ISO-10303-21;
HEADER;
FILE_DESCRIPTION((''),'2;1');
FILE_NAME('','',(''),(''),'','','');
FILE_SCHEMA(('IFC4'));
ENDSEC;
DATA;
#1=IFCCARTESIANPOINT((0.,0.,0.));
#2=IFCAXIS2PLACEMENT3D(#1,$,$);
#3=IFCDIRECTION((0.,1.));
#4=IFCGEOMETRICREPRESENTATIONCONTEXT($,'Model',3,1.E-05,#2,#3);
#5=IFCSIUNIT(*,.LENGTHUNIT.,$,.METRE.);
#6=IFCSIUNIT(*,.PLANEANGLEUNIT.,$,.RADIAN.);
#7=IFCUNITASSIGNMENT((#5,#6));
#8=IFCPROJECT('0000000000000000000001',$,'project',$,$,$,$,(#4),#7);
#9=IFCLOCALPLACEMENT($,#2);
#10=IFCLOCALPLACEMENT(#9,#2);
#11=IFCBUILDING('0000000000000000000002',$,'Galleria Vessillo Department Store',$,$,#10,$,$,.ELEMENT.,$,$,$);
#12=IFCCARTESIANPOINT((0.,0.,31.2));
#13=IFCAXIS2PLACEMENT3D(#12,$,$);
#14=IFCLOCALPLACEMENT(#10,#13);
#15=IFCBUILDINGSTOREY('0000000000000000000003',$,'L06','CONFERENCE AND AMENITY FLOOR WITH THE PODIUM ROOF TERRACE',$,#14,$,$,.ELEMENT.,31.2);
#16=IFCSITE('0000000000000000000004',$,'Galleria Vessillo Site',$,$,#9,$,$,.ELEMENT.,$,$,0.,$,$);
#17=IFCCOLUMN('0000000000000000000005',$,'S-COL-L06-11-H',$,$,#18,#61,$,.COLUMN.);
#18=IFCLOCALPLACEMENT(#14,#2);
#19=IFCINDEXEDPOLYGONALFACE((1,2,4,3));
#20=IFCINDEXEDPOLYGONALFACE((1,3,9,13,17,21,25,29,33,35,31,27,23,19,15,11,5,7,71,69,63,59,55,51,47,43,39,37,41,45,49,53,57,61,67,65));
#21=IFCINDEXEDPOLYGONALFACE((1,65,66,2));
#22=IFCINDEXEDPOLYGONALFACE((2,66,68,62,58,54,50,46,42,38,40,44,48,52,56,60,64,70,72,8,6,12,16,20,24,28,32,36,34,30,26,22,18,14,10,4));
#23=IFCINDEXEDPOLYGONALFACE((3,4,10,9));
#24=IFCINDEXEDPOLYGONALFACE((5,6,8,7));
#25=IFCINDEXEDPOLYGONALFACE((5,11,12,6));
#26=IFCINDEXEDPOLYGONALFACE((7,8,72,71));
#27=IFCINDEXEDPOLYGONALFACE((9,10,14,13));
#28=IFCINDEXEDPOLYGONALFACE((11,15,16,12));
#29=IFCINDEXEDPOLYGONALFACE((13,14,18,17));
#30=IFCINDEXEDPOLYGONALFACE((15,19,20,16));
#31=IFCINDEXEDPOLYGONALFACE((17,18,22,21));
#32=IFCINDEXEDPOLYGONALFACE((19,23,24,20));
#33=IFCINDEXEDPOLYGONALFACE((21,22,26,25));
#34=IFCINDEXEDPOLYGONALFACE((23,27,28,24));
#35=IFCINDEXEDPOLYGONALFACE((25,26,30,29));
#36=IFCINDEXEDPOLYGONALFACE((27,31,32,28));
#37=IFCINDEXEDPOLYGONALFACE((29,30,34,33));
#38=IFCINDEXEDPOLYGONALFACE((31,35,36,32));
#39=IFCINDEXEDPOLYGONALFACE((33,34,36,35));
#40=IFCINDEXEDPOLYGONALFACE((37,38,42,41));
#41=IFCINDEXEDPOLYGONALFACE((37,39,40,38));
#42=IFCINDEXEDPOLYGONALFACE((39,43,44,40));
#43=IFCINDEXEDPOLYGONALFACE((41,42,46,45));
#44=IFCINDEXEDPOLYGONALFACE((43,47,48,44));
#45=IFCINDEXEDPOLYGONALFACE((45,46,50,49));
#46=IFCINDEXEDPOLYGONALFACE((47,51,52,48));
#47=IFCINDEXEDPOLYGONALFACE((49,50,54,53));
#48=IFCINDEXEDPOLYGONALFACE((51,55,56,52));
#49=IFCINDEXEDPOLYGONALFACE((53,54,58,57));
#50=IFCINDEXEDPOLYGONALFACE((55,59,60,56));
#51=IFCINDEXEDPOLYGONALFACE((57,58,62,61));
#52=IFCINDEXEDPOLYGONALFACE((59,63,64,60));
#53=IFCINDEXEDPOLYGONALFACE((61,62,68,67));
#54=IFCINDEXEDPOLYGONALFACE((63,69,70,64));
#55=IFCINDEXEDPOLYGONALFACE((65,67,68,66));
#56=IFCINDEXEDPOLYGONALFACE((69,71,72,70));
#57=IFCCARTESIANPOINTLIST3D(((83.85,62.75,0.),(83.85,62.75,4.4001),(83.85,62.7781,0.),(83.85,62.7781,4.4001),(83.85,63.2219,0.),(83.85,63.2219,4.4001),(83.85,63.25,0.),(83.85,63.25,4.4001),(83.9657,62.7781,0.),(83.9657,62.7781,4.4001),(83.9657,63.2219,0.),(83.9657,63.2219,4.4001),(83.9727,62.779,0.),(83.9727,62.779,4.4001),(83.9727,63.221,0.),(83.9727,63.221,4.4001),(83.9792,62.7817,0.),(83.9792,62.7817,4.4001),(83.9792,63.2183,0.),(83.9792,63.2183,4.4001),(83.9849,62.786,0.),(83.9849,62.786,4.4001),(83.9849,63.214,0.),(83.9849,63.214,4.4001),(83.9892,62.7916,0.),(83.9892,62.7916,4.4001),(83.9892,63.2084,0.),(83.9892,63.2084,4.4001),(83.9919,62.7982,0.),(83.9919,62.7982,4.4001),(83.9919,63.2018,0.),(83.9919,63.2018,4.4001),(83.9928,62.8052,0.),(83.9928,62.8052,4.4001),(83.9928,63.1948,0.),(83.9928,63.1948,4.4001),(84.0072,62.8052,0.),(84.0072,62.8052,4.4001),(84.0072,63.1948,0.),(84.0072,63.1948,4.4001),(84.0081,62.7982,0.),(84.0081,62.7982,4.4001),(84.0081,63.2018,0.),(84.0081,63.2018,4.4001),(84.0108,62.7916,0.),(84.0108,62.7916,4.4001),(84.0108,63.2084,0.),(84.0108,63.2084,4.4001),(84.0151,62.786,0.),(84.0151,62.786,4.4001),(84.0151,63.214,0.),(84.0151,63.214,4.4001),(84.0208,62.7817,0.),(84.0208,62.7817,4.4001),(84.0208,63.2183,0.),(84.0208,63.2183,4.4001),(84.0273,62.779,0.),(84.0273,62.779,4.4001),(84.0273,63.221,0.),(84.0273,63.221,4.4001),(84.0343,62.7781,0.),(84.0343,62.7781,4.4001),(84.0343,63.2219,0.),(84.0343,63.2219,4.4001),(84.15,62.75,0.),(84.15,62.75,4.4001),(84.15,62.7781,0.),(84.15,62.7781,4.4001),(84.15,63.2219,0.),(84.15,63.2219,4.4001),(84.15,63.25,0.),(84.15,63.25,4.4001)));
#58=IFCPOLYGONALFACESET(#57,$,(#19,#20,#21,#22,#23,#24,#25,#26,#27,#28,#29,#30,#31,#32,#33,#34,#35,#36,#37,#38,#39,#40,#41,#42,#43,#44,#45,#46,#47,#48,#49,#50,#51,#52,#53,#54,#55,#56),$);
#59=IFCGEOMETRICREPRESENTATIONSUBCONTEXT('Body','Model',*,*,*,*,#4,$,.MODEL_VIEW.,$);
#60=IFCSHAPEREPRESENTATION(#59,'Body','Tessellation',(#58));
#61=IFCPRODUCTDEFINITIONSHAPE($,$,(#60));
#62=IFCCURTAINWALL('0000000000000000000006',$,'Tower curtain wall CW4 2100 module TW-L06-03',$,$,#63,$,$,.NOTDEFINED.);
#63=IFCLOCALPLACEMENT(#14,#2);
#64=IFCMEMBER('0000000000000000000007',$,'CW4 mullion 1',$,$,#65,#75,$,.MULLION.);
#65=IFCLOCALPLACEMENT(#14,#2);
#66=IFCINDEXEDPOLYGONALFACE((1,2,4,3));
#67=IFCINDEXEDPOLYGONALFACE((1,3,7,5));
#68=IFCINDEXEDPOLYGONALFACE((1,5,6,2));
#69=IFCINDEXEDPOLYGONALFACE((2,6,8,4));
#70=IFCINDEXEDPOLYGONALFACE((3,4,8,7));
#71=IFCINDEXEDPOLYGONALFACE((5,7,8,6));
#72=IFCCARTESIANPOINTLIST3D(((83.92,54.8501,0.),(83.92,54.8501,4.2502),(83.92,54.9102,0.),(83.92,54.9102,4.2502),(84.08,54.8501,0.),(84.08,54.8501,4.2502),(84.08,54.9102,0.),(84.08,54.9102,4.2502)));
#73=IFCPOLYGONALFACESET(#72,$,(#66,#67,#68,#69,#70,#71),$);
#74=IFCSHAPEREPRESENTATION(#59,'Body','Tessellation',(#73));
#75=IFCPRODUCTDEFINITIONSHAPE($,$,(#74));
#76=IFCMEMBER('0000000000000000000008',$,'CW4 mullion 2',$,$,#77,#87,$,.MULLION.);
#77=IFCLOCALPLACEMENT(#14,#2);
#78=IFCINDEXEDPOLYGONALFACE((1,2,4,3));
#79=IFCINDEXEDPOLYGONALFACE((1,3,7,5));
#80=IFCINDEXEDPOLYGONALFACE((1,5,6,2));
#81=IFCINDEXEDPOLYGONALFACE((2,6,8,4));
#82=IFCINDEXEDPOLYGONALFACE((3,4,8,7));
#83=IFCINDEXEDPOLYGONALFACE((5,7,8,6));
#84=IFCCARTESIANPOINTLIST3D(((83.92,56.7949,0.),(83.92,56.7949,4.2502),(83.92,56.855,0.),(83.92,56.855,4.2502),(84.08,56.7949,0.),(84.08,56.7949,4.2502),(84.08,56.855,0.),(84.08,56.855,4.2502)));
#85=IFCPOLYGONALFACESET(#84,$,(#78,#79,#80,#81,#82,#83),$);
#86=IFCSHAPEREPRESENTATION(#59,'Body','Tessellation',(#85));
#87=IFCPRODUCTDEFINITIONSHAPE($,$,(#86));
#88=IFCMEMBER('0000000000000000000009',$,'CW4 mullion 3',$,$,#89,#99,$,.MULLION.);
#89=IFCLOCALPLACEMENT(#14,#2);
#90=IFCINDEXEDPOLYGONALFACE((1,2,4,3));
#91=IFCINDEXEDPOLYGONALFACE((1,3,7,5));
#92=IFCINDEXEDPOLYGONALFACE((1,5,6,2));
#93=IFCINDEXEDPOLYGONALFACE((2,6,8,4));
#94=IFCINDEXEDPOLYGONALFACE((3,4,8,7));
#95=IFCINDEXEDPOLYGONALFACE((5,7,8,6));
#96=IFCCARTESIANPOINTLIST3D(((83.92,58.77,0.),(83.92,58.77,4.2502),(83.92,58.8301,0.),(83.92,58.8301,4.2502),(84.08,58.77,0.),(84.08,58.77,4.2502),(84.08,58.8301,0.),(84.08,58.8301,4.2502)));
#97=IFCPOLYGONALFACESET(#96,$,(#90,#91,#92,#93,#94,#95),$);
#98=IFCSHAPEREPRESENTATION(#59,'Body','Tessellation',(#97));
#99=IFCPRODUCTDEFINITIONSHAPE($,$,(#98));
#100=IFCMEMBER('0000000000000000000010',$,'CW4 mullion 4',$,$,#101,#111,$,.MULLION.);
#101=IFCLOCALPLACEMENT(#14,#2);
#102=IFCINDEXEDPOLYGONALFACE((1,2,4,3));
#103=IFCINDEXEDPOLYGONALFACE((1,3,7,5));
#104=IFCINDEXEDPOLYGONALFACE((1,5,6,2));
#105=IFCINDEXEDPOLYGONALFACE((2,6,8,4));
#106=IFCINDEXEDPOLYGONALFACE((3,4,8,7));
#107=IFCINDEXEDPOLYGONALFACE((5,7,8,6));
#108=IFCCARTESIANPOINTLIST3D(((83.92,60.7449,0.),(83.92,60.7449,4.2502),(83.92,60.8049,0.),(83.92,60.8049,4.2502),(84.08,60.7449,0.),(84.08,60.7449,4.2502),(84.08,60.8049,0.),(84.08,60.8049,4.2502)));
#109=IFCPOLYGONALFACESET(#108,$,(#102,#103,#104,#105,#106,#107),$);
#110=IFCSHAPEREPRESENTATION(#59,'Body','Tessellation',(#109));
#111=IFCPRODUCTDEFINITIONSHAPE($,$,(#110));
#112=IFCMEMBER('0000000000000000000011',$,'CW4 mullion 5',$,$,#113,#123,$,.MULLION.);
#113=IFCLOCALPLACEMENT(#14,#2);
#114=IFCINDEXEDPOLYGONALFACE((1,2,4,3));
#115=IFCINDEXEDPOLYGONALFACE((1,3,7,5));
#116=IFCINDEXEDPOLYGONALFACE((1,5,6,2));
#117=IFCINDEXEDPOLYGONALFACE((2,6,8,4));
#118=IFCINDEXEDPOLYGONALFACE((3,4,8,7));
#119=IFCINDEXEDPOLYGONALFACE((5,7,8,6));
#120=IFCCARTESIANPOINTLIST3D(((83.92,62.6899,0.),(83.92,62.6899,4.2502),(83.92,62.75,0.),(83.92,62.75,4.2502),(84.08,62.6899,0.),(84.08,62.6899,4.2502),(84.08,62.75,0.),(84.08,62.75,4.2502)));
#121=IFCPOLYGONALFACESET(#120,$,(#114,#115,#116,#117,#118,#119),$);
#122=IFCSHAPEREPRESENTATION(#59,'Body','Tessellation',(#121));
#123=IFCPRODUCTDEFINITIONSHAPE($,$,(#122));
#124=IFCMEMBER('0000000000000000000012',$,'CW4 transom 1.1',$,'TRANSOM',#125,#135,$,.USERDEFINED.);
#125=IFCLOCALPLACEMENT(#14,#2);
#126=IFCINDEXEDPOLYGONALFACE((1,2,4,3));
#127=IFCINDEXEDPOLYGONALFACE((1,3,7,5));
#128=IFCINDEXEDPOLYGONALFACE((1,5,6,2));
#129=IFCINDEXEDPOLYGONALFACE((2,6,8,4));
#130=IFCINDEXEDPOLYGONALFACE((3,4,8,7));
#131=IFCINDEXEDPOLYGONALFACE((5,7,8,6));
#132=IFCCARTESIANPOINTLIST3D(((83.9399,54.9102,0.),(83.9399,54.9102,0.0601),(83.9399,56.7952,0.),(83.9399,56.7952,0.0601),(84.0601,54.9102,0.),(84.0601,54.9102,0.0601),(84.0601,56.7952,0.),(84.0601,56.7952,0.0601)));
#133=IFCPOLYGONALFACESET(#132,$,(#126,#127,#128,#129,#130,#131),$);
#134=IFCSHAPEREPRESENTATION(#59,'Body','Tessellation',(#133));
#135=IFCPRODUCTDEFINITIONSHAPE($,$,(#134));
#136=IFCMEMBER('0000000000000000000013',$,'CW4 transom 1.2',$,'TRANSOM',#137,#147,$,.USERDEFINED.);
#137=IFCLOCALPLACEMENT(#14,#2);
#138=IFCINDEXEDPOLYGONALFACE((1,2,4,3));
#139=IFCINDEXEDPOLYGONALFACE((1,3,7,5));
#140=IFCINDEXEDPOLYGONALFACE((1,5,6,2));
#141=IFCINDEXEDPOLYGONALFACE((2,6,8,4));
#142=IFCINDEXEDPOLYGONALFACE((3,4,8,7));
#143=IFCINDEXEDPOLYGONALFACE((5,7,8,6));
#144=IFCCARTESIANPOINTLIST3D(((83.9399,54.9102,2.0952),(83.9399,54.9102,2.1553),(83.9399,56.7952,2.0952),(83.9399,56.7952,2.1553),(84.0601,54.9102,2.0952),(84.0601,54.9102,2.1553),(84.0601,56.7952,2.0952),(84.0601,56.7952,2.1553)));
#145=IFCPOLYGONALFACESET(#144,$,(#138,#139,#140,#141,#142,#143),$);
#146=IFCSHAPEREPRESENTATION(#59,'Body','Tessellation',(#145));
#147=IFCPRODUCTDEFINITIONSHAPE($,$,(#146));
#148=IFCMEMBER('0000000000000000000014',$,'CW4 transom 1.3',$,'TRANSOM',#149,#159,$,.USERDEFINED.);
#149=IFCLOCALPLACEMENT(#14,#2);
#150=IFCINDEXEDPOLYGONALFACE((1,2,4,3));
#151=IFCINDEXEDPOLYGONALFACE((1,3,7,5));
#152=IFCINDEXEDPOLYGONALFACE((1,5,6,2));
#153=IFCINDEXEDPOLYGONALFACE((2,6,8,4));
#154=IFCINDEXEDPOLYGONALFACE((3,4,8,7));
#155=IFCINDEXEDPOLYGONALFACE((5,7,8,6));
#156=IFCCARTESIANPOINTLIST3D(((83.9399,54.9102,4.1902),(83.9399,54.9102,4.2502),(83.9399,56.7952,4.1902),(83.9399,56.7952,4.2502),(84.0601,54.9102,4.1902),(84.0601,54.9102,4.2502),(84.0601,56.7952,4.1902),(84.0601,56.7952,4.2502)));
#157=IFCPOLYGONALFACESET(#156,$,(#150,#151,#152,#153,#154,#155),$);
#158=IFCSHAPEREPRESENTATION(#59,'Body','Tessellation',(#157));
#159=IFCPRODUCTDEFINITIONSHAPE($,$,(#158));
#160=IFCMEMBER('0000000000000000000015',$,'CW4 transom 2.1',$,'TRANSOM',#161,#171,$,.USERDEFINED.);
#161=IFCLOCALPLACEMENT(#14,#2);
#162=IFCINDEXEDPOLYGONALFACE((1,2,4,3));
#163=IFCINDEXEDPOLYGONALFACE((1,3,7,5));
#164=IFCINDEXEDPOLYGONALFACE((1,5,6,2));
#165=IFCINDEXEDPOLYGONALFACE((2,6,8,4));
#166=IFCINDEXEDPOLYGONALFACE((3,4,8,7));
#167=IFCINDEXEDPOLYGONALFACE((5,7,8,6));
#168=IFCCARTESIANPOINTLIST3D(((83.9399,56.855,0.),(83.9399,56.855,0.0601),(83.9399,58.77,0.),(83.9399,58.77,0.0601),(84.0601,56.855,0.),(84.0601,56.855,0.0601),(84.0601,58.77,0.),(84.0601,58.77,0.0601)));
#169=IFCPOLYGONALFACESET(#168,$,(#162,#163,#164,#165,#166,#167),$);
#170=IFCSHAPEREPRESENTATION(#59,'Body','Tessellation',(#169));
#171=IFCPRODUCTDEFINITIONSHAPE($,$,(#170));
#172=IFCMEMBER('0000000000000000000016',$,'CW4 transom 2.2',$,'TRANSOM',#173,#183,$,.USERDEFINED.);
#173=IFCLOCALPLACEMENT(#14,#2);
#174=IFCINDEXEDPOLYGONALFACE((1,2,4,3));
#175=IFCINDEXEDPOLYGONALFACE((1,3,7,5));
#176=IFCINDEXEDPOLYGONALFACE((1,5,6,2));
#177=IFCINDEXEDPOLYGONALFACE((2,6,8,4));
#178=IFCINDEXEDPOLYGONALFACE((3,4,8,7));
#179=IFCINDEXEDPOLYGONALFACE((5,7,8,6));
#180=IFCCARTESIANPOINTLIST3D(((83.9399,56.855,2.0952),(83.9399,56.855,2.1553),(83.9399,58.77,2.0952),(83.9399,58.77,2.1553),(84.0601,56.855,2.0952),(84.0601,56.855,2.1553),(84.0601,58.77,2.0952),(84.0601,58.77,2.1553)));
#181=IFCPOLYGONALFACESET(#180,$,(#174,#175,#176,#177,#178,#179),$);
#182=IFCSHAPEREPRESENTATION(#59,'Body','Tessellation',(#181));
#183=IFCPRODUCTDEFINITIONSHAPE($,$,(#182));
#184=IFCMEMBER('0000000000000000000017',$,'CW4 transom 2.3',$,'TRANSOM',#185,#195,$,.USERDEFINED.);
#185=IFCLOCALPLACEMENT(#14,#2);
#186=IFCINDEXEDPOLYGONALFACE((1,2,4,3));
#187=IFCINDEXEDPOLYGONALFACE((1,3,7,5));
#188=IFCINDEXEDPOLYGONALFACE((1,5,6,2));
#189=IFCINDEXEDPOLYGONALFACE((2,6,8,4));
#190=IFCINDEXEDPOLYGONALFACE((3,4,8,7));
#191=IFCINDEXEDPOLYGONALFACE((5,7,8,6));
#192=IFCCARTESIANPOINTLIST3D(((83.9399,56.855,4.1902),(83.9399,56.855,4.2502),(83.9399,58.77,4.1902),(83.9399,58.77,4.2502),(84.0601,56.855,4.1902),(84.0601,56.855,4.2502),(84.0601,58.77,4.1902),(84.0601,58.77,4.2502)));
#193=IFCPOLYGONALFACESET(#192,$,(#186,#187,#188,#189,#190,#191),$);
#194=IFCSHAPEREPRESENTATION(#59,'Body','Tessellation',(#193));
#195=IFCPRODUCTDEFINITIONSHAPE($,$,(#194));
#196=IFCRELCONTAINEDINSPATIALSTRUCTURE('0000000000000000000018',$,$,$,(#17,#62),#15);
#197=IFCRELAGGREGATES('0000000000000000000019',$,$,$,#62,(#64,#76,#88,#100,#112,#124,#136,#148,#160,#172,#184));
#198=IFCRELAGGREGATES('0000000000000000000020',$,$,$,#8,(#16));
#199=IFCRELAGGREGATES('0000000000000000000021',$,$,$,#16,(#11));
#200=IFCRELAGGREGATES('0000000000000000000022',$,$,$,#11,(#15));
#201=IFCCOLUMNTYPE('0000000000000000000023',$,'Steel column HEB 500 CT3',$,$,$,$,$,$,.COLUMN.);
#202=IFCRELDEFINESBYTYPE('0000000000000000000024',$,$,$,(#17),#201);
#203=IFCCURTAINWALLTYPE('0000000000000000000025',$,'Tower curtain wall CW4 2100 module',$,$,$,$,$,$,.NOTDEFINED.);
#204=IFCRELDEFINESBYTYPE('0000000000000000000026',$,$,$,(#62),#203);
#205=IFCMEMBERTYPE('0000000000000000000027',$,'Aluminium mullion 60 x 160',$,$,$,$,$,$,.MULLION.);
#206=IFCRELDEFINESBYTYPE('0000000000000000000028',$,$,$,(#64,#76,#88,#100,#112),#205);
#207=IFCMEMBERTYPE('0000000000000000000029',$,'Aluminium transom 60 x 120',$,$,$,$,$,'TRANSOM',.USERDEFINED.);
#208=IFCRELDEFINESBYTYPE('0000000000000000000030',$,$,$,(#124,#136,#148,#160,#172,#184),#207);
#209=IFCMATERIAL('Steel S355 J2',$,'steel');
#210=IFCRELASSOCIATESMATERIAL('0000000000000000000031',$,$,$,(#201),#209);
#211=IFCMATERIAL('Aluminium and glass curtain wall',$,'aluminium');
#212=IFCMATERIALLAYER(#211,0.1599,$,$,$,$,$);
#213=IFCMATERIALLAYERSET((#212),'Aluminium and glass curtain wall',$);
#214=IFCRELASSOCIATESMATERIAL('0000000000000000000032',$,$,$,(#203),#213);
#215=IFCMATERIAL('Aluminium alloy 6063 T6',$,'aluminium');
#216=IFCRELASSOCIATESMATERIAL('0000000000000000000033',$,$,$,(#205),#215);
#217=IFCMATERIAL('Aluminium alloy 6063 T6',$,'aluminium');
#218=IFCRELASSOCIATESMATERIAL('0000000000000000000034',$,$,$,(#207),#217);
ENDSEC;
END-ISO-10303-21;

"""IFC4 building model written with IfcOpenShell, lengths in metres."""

from ifc_helpers import new_model, si_unit, direction, frame, origin, origin_2d, place, context, subcontext, project, spatial, rectangle, i_section, extrude, material, layer, layer_set, material_profile, profile_set, type_object, element, aggregate, save


model = new_model("IFC4")

# Units and contexts
model_context = context("Model", 3, precision=1e-05, world=origin(), true_north=direction((0.0, 1.0)))
body_context = subcontext(model_context, "Body", "Model", "MODEL_VIEW")
ifc_project = project(units=[si_unit("LENGTHUNIT", "METRE"), si_unit("PLANEANGLEUNIT", "RADIAN")], contexts=[model_context])

# Site, building, storey
site_placement = place(None, origin())
site = spatial("IfcSite", under=ifc_project, at=site_placement, Name="Galleria Vessillo Site", CompositionType="ELEMENT", RefElevation=0.0)
building_placement = place(site_placement, origin())
building = spatial("IfcBuilding", under=site, at=building_placement, Name="Galleria Vessillo Department Store", CompositionType="ELEMENT")
storey_placement = place(building_placement, frame((0.0, 0.0, 31.2)))
storey = spatial("IfcBuildingStorey", under=building, at=storey_placement, Name="L06", Description="CONFERENCE AND AMENITY FLOOR WITH THE PODIUM ROOF TERRACE", CompositionType="ELEMENT", Elevation=31.2)

# Column
ifc_material_1 = material(Name="Steel S355 J2", Category="steel")
ifc_material_profile_1 = material_profile(ifc_material_1, i_section(OverallWidth=0.3, OverallDepth=0.5, WebThickness=0.0144, FlangeThickness=0.0281, FilletRadius=0.0271, at=origin_2d()), Name="HEB 500")
ifc_profile_set_1 = profile_set([ifc_material_profile_1], Name="Steel S355 J2")
column_type = type_object("IfcColumnType", Name="Steel column HEB 500 CT3", PredefinedType="COLUMN", material=ifc_profile_set_1)
column_placement = place(storey_placement, frame((84.0, 63.0, 0.0), z_axis=(0.0, 0.0, 1.0), x_axis=(1.0, 0.0, 0.0)))
element("IfcColumn", 1, at=column_placement, inside=storey, type_object=column_type, Name="S-COL-L06-11-H", PredefinedType="COLUMN", context=body_context, shape_type="SweptSolid", body=[
    extrude(i_section(OverallWidth=0.3, OverallDepth=0.5, WebThickness=0.0144, FlangeThickness=0.0281, FilletRadius=0.0271, at=origin_2d()), origin(), (0.0, 0.0, 1.0), 4.4001),
])

# Curtain wall, members
ifc_material_2 = material(Name="Aluminium and glass curtain wall", Category="aluminium")
ifc_layer_1 = layer(ifc_material_2, 0.1599)
ifc_layer_set_1 = layer_set([ifc_layer_1], Name="Aluminium and glass curtain wall")
curtain_wall_type = type_object("IfcCurtainWallType", Name="Tower curtain wall CW4 2100 module", PredefinedType="NOTDEFINED", material=ifc_layer_set_1)
curtain_wall_placement = place(storey_placement, origin())
curtain_wall = element("IfcCurtainWall", 2, at=curtain_wall_placement, inside=storey, type_object=curtain_wall_type, Name="Tower curtain wall CW4 2100 module TW-L06-03", PredefinedType="NOTDEFINED")
ifc_material_3 = material(Name="Aluminium alloy 6063 T6", Category="aluminium")
ifc_material_profile_2 = material_profile(ifc_material_3, rectangle(XDim=0.1599, YDim=0.0601, at=origin_2d()), Name="AL 60x160")
ifc_profile_set_2 = profile_set([ifc_material_profile_2], Name="Aluminium alloy 6063 T6")
member_type_1 = type_object("IfcMemberType", Name="Aluminium mullion 60 x 160", PredefinedType="MULLION", material=ifc_profile_set_2)
member_1_placement = place(storey_placement, frame((84.0, 54.8801, 0.0), z_axis=(0.0, 0.0, 1.0), x_axis=(-1.0, 0.0, 0.0)))
member_1 = element("IfcMember", 3, at=member_1_placement, type_object=member_type_1, Name="CW4 mullion 1", PredefinedType="MULLION", context=body_context, shape_type="SweptSolid", body=[
    extrude(rectangle(XDim=0.1599, YDim=0.0601, at=origin_2d()), origin(), (0.0, 0.0, 1.0), 4.2502),
])
member_2_placement = place(storey_placement, frame((84.0, 56.825, 0.0), z_axis=(0.0, 0.0, 1.0), x_axis=(-1.0, 0.0, 0.0)))
member_2 = element("IfcMember", 4, at=member_2_placement, type_object=member_type_1, Name="CW4 mullion 2", PredefinedType="MULLION", context=body_context, shape_type="SweptSolid", body=[
    extrude(rectangle(XDim=0.1599, YDim=0.0601, at=origin_2d()), origin(), (0.0, 0.0, 1.0), 4.2502),
])
member_3_placement = place(storey_placement, frame((84.0, 58.8, 0.0), z_axis=(0.0, 0.0, 1.0), x_axis=(-1.0, 0.0, 0.0)))
member_3 = element("IfcMember", 5, at=member_3_placement, type_object=member_type_1, Name="CW4 mullion 3", PredefinedType="MULLION", context=body_context, shape_type="SweptSolid", body=[
    extrude(rectangle(XDim=0.1599, YDim=0.0601, at=origin_2d()), origin(), (0.0, 0.0, 1.0), 4.2502),
])
member_4_placement = place(storey_placement, frame((84.0, 60.7749, 0.0), z_axis=(0.0, 0.0, 1.0), x_axis=(-1.0, 0.0, 0.0)))
member_4 = element("IfcMember", 6, at=member_4_placement, type_object=member_type_1, Name="CW4 mullion 4", PredefinedType="MULLION", context=body_context, shape_type="SweptSolid", body=[
    extrude(rectangle(XDim=0.1599, YDim=0.0601, at=origin_2d()), origin(), (0.0, 0.0, 1.0), 4.2502),
])
member_5_placement = place(storey_placement, frame((84.0, 62.72, 0.0), z_axis=(0.0, 0.0, 1.0), x_axis=(-1.0, 0.0, 0.0)))
member_5 = element("IfcMember", 7, at=member_5_placement, type_object=member_type_1, Name="CW4 mullion 5", PredefinedType="MULLION", context=body_context, shape_type="SweptSolid", body=[
    extrude(rectangle(XDim=0.1599, YDim=0.0601, at=origin_2d()), origin(), (0.0, 0.0, 1.0), 4.2502),
])
ifc_material_4 = material(Name="Aluminium alloy 6063 T6", Category="aluminium")
ifc_material_profile_3 = material_profile(ifc_material_4, rectangle(XDim=0.1201, YDim=0.0601, at=origin_2d()), Name="AL 60x120")
ifc_profile_set_3 = profile_set([ifc_material_profile_3], Name="Aluminium alloy 6063 T6")
member_type_2 = type_object("IfcMemberType", Name="Aluminium transom 60 x 120", ElementType="TRANSOM", PredefinedType="USERDEFINED", material=ifc_profile_set_3)
member_6_placement = place(storey_placement, frame((84.0, 54.9102, 0.03), z_axis=(0.0, 1.0, 0.0), x_axis=(-1.0, 0.0, 0.0)))
member_6 = element("IfcMember", 8, at=member_6_placement, type_object=member_type_2, Name="CW4 transom 1.1", ObjectType="TRANSOM", PredefinedType="USERDEFINED", context=body_context, shape_type="SweptSolid", body=[
    extrude(rectangle(XDim=0.1201, YDim=0.0601, at=origin_2d()), origin(), (0.0, 0.0, 1.0), 1.885),
])
member_7_placement = place(storey_placement, frame((84.0, 54.9102, 2.1252), z_axis=(0.0, 1.0, 0.0), x_axis=(-1.0, 0.0, 0.0)))
member_7 = element("IfcMember", 9, at=member_7_placement, type_object=member_type_2, Name="CW4 transom 1.2", ObjectType="TRANSOM", PredefinedType="USERDEFINED", context=body_context, shape_type="SweptSolid", body=[
    extrude(rectangle(XDim=0.1201, YDim=0.0601, at=origin_2d()), origin(), (0.0, 0.0, 1.0), 1.885),
])
member_8_placement = place(storey_placement, frame((84.0, 54.9102, 4.2202), z_axis=(0.0, 1.0, 0.0), x_axis=(-1.0, 0.0, 0.0)))
member_8 = element("IfcMember", 10, at=member_8_placement, type_object=member_type_2, Name="CW4 transom 1.3", ObjectType="TRANSOM", PredefinedType="USERDEFINED", context=body_context, shape_type="SweptSolid", body=[
    extrude(rectangle(XDim=0.1201, YDim=0.0601, at=origin_2d()), origin(), (0.0, 0.0, 1.0), 1.885),
])
member_9_placement = place(storey_placement, frame((84.0, 56.855, 0.03), z_axis=(0.0, 1.0, 0.0), x_axis=(-1.0, 0.0, 0.0)))
member_9 = element("IfcMember", 11, at=member_9_placement, type_object=member_type_2, Name="CW4 transom 2.1", ObjectType="TRANSOM", PredefinedType="USERDEFINED", context=body_context, shape_type="SweptSolid", body=[
    extrude(rectangle(XDim=0.1201, YDim=0.0601, at=origin_2d()), origin(), (0.0, 0.0, 1.0), 1.915),
])
member_10_placement = place(storey_placement, frame((84.0, 56.855, 2.1252), z_axis=(0.0, 1.0, 0.0), x_axis=(-1.0, 0.0, 0.0)))
member_10 = element("IfcMember", 12, at=member_10_placement, type_object=member_type_2, Name="CW4 transom 2.2", ObjectType="TRANSOM", PredefinedType="USERDEFINED", context=body_context, shape_type="SweptSolid", body=[
    extrude(rectangle(XDim=0.1201, YDim=0.0601, at=origin_2d()), origin(), (0.0, 0.0, 1.0), 1.915),
])
member_11_placement = place(storey_placement, frame((84.0, 56.855, 4.2202), z_axis=(0.0, 1.0, 0.0), x_axis=(-1.0, 0.0, 0.0)))
member_11 = element("IfcMember", 13, at=member_11_placement, type_object=member_type_2, Name="CW4 transom 2.3", ObjectType="TRANSOM", PredefinedType="USERDEFINED", context=body_context, shape_type="SweptSolid", body=[
    extrude(rectangle(XDim=0.1201, YDim=0.0601, at=origin_2d()), origin(), (0.0, 0.0, 1.0), 1.915),
])
aggregate(curtain_wall, [member_1, member_2, member_3, member_4, member_5, member_6, member_7, member_8, member_9, member_10, member_11])

save(model, "model.ifc")
